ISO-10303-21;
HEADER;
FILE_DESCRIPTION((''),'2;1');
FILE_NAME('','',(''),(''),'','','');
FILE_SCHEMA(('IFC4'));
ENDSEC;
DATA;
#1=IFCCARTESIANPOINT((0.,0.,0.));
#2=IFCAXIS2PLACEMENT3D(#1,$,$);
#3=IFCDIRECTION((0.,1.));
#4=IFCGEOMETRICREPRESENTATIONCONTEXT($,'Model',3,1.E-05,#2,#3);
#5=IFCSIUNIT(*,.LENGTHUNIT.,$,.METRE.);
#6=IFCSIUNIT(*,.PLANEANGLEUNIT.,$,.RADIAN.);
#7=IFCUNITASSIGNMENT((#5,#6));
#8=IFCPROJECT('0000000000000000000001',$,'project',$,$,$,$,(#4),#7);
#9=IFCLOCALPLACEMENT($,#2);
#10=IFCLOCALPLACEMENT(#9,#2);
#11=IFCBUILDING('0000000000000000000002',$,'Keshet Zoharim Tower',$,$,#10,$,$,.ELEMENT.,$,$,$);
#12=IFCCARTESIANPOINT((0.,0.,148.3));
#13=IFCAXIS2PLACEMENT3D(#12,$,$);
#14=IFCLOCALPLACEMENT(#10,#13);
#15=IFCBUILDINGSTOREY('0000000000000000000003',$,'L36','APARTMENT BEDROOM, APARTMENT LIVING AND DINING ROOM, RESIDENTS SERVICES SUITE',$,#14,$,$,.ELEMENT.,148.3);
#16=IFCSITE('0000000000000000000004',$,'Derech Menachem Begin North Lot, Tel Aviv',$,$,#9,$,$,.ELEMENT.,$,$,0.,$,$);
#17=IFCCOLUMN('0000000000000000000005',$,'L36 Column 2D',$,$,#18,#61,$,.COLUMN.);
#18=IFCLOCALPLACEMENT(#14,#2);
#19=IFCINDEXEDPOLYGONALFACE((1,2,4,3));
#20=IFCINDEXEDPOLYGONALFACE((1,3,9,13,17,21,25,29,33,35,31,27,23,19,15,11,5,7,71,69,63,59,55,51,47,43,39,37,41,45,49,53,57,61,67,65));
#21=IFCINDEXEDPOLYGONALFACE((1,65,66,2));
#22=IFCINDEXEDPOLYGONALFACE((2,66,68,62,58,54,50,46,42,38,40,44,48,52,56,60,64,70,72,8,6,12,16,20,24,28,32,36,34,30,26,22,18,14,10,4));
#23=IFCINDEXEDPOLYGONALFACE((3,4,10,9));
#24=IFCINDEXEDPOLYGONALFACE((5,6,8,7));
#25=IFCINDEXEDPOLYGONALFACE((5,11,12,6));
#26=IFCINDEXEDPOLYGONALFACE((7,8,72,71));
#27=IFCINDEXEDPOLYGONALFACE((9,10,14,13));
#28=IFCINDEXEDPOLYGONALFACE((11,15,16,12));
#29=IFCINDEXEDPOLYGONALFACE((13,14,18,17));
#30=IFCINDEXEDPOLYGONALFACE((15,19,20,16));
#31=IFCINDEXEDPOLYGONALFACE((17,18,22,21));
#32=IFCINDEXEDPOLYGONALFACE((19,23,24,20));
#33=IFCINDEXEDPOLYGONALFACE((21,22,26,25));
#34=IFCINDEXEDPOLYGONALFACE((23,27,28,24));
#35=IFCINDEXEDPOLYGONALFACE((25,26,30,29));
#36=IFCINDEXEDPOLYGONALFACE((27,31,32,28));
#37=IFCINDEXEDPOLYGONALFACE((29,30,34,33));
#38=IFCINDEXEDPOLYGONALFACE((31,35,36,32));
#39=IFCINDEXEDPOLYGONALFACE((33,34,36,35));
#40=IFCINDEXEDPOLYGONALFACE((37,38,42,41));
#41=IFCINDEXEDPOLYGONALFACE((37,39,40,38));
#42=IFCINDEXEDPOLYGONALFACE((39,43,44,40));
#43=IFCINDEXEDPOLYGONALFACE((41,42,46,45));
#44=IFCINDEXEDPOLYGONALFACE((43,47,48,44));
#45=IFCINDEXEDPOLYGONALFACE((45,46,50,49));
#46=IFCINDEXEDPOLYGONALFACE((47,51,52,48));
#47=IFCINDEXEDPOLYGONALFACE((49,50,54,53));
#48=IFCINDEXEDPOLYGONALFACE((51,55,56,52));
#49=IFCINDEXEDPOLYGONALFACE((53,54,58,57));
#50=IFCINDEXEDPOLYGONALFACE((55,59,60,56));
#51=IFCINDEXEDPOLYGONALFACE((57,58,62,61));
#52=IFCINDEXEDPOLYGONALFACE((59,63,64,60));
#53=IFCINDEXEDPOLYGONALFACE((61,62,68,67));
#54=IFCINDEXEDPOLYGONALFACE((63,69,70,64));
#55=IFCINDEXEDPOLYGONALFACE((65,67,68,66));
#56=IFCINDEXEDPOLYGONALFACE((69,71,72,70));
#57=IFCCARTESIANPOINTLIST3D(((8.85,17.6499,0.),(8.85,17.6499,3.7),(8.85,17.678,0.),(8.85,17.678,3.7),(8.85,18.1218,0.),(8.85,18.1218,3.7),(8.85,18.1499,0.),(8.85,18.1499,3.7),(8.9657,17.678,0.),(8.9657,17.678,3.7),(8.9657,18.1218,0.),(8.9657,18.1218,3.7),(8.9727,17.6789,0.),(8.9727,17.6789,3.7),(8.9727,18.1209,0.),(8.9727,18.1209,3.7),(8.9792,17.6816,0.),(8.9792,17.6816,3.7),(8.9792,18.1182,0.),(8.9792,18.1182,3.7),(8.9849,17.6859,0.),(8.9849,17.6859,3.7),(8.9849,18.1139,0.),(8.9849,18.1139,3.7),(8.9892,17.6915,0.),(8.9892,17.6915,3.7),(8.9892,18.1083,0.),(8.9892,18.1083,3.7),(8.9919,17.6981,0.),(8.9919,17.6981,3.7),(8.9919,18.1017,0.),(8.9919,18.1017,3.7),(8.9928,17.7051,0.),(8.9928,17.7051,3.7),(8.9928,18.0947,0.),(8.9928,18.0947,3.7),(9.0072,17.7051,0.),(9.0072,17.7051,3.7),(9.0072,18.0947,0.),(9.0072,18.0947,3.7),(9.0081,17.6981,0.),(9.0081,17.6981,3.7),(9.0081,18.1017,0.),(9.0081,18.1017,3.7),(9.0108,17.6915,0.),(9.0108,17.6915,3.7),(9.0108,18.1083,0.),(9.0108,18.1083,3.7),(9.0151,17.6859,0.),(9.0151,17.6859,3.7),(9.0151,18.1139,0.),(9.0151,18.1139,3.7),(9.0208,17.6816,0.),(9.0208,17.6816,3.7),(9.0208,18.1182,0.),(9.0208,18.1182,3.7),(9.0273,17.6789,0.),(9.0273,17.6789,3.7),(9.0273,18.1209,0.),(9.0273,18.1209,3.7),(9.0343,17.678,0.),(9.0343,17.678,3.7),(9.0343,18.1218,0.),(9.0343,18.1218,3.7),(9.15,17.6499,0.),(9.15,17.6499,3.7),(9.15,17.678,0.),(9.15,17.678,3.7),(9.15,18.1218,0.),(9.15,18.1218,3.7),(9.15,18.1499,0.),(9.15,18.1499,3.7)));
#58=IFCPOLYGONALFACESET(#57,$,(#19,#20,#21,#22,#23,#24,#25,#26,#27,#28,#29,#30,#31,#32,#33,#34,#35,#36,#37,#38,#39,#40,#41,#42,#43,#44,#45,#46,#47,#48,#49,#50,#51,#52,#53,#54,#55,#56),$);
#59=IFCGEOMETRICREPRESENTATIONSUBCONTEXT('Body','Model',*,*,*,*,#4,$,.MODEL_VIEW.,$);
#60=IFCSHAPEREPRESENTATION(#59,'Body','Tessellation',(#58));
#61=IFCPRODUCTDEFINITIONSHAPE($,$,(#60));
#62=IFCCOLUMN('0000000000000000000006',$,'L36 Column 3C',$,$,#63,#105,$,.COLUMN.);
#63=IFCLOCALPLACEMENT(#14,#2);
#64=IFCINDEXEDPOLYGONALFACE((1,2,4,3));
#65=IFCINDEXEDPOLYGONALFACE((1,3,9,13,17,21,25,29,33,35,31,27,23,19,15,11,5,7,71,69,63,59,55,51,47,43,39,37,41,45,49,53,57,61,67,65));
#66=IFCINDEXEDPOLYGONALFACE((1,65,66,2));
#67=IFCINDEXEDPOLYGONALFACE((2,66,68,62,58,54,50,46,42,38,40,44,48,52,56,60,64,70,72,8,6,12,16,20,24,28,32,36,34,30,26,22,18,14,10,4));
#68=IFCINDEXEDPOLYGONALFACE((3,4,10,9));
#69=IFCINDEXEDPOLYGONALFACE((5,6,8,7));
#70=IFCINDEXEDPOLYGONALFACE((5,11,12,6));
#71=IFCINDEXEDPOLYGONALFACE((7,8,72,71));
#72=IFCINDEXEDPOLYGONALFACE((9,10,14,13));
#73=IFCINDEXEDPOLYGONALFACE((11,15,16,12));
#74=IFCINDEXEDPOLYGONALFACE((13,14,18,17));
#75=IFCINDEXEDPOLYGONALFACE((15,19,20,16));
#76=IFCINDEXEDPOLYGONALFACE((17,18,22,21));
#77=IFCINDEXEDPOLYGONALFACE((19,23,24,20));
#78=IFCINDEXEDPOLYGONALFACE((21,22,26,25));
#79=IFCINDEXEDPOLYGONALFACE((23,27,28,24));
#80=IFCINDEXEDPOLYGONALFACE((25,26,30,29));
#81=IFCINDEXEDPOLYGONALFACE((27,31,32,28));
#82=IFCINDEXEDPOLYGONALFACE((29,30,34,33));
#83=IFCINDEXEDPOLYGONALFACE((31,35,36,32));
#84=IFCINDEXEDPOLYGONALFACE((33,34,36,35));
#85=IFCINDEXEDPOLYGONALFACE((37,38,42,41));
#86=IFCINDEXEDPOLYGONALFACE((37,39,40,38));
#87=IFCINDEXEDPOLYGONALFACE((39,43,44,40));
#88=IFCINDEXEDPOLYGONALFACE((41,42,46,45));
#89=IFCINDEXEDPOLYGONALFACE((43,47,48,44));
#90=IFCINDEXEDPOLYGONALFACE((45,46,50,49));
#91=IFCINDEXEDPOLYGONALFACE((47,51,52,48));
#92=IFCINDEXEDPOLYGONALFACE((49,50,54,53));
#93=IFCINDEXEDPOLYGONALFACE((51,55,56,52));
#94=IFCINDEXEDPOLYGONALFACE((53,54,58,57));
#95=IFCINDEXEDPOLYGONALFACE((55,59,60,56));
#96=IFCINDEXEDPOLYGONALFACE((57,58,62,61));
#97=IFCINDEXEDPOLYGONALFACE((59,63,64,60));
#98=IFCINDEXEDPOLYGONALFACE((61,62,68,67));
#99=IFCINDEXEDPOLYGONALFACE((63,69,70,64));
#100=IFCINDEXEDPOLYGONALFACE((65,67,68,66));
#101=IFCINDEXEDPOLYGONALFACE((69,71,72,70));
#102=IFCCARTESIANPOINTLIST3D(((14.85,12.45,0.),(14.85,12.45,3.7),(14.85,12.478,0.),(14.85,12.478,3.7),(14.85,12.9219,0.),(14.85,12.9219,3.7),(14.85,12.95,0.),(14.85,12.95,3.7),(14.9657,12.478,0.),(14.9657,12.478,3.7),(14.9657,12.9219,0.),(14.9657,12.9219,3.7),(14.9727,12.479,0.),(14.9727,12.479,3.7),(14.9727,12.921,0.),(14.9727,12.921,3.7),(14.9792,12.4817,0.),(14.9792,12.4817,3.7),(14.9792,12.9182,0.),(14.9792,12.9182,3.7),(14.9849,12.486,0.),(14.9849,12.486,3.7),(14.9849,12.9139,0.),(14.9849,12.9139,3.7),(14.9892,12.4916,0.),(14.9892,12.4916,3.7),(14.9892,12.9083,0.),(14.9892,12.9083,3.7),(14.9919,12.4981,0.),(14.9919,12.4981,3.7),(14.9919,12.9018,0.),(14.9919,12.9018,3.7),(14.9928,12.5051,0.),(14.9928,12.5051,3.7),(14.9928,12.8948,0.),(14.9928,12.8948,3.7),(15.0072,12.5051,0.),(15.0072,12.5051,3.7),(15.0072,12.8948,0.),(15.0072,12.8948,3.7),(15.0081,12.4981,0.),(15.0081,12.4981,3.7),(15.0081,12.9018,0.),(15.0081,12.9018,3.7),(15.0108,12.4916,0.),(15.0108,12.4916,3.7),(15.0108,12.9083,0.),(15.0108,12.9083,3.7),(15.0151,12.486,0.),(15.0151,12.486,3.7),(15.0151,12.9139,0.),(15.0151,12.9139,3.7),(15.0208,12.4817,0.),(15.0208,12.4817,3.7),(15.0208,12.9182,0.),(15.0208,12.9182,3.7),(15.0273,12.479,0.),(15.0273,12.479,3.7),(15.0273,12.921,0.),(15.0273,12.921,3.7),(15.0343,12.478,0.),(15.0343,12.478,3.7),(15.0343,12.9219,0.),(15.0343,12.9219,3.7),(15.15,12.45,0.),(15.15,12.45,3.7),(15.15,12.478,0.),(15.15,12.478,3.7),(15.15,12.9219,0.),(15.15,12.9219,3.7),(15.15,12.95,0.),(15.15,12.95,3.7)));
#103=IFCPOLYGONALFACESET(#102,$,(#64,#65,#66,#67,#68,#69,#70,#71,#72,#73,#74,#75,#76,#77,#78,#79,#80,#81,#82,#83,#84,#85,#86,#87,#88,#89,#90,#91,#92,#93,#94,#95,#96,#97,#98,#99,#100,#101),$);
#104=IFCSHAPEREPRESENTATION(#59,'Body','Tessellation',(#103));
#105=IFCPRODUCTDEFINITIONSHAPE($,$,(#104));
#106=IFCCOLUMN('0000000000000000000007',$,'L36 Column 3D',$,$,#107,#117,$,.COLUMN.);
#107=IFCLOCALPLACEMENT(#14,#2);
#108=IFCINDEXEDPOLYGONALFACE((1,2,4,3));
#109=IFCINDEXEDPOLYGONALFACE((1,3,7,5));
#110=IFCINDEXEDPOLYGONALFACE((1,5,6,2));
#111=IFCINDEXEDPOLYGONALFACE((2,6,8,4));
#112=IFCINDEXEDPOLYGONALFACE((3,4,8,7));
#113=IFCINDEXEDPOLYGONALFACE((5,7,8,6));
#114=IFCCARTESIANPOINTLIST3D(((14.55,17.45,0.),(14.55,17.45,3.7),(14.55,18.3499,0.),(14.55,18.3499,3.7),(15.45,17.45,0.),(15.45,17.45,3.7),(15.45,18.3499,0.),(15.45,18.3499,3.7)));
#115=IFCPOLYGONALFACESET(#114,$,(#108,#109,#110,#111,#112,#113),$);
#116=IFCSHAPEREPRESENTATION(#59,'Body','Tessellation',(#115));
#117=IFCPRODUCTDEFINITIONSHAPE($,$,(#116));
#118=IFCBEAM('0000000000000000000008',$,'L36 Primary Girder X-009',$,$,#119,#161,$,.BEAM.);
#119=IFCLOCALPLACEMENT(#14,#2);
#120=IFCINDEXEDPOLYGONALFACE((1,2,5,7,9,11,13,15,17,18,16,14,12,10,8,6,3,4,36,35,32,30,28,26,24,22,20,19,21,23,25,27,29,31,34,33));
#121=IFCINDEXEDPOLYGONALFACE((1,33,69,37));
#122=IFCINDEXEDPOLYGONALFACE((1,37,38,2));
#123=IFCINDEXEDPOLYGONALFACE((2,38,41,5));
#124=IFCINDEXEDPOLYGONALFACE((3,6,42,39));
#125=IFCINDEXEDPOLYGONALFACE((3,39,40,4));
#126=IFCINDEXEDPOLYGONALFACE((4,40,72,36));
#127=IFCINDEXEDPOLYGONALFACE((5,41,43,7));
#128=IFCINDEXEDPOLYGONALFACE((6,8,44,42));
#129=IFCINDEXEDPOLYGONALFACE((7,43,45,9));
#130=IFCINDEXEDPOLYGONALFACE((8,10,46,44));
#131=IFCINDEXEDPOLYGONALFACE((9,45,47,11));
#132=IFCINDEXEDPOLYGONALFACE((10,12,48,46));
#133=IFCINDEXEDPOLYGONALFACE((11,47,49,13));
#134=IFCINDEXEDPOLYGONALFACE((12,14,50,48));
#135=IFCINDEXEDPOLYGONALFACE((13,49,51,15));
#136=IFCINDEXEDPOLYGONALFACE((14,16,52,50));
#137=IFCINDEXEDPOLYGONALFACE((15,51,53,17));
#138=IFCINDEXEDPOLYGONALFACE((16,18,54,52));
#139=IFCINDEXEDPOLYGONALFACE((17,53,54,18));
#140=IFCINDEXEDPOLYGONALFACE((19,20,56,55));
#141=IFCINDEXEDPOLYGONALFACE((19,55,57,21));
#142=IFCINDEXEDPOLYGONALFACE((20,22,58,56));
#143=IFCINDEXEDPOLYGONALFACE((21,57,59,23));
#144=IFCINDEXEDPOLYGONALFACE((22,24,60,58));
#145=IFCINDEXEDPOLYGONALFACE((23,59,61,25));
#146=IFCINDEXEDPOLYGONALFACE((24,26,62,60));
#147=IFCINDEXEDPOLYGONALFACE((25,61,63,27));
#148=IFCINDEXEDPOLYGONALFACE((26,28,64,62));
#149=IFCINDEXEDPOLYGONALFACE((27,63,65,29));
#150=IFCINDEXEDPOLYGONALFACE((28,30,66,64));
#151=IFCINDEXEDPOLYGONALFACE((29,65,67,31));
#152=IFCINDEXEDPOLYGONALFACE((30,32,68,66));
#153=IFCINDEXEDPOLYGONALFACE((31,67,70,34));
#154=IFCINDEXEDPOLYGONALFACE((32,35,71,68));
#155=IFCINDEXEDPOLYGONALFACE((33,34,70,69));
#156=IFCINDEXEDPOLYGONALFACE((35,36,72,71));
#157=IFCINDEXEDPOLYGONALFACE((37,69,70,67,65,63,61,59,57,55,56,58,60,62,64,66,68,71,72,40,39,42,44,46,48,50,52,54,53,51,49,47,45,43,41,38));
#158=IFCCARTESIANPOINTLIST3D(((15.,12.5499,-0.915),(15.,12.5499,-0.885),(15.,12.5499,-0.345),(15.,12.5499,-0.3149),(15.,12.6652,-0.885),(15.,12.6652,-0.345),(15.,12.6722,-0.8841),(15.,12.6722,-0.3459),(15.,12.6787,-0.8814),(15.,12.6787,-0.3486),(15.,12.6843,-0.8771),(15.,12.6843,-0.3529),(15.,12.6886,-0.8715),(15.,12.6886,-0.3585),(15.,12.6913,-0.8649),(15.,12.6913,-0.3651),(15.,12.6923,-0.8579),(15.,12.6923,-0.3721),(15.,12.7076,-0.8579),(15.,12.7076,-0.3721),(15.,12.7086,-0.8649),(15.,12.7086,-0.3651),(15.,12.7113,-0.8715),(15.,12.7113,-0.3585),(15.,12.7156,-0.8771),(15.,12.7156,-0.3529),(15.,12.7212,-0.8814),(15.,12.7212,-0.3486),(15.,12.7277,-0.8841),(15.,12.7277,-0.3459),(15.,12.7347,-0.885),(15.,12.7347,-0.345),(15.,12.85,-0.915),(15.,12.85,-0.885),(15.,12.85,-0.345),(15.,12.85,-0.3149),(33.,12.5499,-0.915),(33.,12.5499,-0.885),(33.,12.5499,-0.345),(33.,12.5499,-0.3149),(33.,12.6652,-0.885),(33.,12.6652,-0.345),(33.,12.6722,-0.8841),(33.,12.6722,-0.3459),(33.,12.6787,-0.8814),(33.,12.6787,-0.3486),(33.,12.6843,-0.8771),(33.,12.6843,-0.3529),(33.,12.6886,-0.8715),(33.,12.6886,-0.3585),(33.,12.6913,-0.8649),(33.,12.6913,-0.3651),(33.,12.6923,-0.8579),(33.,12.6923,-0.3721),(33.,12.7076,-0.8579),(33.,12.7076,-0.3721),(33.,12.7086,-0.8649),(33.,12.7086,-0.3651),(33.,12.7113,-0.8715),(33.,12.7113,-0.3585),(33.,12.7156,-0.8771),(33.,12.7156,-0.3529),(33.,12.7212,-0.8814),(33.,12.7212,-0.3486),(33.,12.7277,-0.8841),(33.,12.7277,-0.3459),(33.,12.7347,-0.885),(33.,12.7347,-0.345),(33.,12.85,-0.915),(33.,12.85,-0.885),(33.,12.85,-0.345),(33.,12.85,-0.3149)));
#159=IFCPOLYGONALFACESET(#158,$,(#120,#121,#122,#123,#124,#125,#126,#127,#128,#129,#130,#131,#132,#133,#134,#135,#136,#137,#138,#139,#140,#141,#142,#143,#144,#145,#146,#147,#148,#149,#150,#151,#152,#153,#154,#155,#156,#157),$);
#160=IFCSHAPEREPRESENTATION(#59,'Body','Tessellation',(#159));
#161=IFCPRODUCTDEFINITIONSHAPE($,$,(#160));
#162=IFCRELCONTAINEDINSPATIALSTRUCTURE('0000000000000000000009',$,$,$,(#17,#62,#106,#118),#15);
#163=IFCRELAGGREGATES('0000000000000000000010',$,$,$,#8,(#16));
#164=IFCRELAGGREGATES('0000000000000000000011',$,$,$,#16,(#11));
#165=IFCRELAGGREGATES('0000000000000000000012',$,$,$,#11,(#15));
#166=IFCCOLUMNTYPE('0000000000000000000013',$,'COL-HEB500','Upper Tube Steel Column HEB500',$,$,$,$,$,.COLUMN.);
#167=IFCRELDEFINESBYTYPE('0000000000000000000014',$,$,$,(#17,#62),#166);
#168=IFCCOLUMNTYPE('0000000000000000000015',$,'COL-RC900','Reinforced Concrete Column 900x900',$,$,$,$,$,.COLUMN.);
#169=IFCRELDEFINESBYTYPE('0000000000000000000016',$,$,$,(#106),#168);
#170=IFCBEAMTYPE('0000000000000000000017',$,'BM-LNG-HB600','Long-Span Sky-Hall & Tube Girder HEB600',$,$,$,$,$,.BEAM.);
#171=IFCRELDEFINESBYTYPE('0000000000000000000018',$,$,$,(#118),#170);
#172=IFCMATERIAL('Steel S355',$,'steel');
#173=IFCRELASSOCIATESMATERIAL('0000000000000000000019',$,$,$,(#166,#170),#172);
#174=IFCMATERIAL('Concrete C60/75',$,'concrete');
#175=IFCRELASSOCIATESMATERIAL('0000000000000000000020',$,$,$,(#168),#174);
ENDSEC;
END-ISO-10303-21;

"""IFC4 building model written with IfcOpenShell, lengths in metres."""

from ifc_helpers import new_model, si_unit, direction, frame, origin, origin_2d, place, context, subcontext, project, spatial, rectangle, i_section, extrude, material, material_profile, profile_set, type_object, element, save


model = new_model("IFC4")

# Units and contexts
model_context = context("Model", 3, precision=1e-05, world=origin(), true_north=direction((0.0, 1.0)))
body_context = subcontext(model_context, "Body", "Model", "MODEL_VIEW")
ifc_project = project(units=[si_unit("LENGTHUNIT", "METRE"), si_unit("PLANEANGLEUNIT", "RADIAN")], contexts=[model_context])

# Site, building, storey
site_placement = place(None, origin())
site = spatial("IfcSite", under=ifc_project, at=site_placement, Name="Derech Menachem Begin North Lot, Tel Aviv", CompositionType="ELEMENT", RefElevation=0.0)
building_placement = place(site_placement, origin())
building = spatial("IfcBuilding", under=site, at=building_placement, Name="Keshet Zoharim Tower", CompositionType="ELEMENT")
storey_placement = place(building_placement, frame((0.0, 0.0, 148.3)))
storey = spatial("IfcBuildingStorey", under=building, at=storey_placement, Name="L36", Description="APARTMENT BEDROOM, APARTMENT LIVING AND DINING ROOM, RESIDENTS SERVICES SUITE", CompositionType="ELEMENT", Elevation=148.3)

# Columns
ifc_material_1 = material(Name="Steel S355", Category="steel")
ifc_material_profile_1 = material_profile(ifc_material_1, i_section(OverallWidth=0.3, OverallDepth=0.5, WebThickness=0.0144, FlangeThickness=0.0281, FilletRadius=0.0271, at=origin_2d()), Name="HEB500")
ifc_profile_set_1 = profile_set([ifc_material_profile_1], Name="Steel S355")
column_type_1 = type_object("IfcColumnType", Name="COL-HEB500", Description="Upper Tube Steel Column HEB500", PredefinedType="COLUMN", material=ifc_profile_set_1)
for number, where, z_axis, x_axis, name in (
    (1, (9.0, 17.8999, 0.0), (0.0, 0.0, 1.0), (1.0, 0.0, 0.0), "L36 Column 2D"),
    (2, (15.0, 12.7, 0.0), (0.0, 0.0, 1.0), (1.0, 0.0, 0.0), "L36 Column 3C"),
):
    element("IfcColumn", number, at=place(storey_placement, frame(where, z_axis=z_axis, x_axis=x_axis)), inside=storey, type_object=column_type_1, Name=name, PredefinedType="COLUMN", context=body_context, shape_type="SweptSolid", body=[
        extrude(i_section(OverallWidth=0.3, OverallDepth=0.5, WebThickness=0.0144, FlangeThickness=0.0281, FilletRadius=0.0271, at=origin_2d()), origin(), (0.0, 0.0, 1.0), 3.7),
    ])
ifc_material_2 = material(Name="Concrete C60/75", Category="concrete")
ifc_material_profile_2 = material_profile(ifc_material_2, rectangle(XDim=0.8999, YDim=0.8999, at=origin_2d()), Name="RC900x900")
ifc_profile_set_2 = profile_set([ifc_material_profile_2], Name="Concrete C60/75")
column_type_2 = type_object("IfcColumnType", Name="COL-RC900", Description="Reinforced Concrete Column 900x900", PredefinedType="COLUMN", material=ifc_profile_set_2)
column_placement = place(storey_placement, frame((15.0, 17.8999, 0.0), z_axis=(0.0, 0.0, 1.0), x_axis=(1.0, 0.0, 0.0)))
element("IfcColumn", 3, at=column_placement, inside=storey, type_object=column_type_2, Name="L36 Column 3D", PredefinedType="COLUMN", context=body_context, shape_type="SweptSolid", body=[
    extrude(rectangle(XDim=0.8999, YDim=0.8999, at=origin_2d()), origin(), (0.0, 0.0, 1.0), 3.7),
])

# Beam
ifc_material_profile_3 = material_profile(ifc_material_1, i_section(OverallWidth=0.3, OverallDepth=0.6001, WebThickness=0.0154, FlangeThickness=0.03, FilletRadius=0.0271, at=origin_2d()), Name="HEB600")
ifc_profile_set_3 = profile_set([ifc_material_profile_3], Name="Steel S355")
beam_type_1 = type_object("IfcBeamType", Name="BM-LNG-HB600", Description="Long-Span Sky-Hall & Tube Girder HEB600", PredefinedType="BEAM", material=ifc_profile_set_3)
for number, where, z_axis, x_axis, name in (
    (4, (15.0, 12.7, -0.615), (1.0, 0.0, 0.0), (0.0, 1.0, 0.0), "L36 Primary Girder X-009"),
):
    element("IfcBeam", number, at=place(storey_placement, frame(where, z_axis=z_axis, x_axis=x_axis)), inside=storey, type_object=beam_type_1, Name=name, PredefinedType="BEAM", context=body_context, shape_type="SweptSolid", body=[
        extrude(i_section(OverallWidth=0.3, OverallDepth=0.6001, WebThickness=0.0154, FlangeThickness=0.03, FilletRadius=0.0271, at=origin_2d()), origin(), (0.0, 0.0, 1.0), 18.0),
    ])

save(model, "model.ifc")
